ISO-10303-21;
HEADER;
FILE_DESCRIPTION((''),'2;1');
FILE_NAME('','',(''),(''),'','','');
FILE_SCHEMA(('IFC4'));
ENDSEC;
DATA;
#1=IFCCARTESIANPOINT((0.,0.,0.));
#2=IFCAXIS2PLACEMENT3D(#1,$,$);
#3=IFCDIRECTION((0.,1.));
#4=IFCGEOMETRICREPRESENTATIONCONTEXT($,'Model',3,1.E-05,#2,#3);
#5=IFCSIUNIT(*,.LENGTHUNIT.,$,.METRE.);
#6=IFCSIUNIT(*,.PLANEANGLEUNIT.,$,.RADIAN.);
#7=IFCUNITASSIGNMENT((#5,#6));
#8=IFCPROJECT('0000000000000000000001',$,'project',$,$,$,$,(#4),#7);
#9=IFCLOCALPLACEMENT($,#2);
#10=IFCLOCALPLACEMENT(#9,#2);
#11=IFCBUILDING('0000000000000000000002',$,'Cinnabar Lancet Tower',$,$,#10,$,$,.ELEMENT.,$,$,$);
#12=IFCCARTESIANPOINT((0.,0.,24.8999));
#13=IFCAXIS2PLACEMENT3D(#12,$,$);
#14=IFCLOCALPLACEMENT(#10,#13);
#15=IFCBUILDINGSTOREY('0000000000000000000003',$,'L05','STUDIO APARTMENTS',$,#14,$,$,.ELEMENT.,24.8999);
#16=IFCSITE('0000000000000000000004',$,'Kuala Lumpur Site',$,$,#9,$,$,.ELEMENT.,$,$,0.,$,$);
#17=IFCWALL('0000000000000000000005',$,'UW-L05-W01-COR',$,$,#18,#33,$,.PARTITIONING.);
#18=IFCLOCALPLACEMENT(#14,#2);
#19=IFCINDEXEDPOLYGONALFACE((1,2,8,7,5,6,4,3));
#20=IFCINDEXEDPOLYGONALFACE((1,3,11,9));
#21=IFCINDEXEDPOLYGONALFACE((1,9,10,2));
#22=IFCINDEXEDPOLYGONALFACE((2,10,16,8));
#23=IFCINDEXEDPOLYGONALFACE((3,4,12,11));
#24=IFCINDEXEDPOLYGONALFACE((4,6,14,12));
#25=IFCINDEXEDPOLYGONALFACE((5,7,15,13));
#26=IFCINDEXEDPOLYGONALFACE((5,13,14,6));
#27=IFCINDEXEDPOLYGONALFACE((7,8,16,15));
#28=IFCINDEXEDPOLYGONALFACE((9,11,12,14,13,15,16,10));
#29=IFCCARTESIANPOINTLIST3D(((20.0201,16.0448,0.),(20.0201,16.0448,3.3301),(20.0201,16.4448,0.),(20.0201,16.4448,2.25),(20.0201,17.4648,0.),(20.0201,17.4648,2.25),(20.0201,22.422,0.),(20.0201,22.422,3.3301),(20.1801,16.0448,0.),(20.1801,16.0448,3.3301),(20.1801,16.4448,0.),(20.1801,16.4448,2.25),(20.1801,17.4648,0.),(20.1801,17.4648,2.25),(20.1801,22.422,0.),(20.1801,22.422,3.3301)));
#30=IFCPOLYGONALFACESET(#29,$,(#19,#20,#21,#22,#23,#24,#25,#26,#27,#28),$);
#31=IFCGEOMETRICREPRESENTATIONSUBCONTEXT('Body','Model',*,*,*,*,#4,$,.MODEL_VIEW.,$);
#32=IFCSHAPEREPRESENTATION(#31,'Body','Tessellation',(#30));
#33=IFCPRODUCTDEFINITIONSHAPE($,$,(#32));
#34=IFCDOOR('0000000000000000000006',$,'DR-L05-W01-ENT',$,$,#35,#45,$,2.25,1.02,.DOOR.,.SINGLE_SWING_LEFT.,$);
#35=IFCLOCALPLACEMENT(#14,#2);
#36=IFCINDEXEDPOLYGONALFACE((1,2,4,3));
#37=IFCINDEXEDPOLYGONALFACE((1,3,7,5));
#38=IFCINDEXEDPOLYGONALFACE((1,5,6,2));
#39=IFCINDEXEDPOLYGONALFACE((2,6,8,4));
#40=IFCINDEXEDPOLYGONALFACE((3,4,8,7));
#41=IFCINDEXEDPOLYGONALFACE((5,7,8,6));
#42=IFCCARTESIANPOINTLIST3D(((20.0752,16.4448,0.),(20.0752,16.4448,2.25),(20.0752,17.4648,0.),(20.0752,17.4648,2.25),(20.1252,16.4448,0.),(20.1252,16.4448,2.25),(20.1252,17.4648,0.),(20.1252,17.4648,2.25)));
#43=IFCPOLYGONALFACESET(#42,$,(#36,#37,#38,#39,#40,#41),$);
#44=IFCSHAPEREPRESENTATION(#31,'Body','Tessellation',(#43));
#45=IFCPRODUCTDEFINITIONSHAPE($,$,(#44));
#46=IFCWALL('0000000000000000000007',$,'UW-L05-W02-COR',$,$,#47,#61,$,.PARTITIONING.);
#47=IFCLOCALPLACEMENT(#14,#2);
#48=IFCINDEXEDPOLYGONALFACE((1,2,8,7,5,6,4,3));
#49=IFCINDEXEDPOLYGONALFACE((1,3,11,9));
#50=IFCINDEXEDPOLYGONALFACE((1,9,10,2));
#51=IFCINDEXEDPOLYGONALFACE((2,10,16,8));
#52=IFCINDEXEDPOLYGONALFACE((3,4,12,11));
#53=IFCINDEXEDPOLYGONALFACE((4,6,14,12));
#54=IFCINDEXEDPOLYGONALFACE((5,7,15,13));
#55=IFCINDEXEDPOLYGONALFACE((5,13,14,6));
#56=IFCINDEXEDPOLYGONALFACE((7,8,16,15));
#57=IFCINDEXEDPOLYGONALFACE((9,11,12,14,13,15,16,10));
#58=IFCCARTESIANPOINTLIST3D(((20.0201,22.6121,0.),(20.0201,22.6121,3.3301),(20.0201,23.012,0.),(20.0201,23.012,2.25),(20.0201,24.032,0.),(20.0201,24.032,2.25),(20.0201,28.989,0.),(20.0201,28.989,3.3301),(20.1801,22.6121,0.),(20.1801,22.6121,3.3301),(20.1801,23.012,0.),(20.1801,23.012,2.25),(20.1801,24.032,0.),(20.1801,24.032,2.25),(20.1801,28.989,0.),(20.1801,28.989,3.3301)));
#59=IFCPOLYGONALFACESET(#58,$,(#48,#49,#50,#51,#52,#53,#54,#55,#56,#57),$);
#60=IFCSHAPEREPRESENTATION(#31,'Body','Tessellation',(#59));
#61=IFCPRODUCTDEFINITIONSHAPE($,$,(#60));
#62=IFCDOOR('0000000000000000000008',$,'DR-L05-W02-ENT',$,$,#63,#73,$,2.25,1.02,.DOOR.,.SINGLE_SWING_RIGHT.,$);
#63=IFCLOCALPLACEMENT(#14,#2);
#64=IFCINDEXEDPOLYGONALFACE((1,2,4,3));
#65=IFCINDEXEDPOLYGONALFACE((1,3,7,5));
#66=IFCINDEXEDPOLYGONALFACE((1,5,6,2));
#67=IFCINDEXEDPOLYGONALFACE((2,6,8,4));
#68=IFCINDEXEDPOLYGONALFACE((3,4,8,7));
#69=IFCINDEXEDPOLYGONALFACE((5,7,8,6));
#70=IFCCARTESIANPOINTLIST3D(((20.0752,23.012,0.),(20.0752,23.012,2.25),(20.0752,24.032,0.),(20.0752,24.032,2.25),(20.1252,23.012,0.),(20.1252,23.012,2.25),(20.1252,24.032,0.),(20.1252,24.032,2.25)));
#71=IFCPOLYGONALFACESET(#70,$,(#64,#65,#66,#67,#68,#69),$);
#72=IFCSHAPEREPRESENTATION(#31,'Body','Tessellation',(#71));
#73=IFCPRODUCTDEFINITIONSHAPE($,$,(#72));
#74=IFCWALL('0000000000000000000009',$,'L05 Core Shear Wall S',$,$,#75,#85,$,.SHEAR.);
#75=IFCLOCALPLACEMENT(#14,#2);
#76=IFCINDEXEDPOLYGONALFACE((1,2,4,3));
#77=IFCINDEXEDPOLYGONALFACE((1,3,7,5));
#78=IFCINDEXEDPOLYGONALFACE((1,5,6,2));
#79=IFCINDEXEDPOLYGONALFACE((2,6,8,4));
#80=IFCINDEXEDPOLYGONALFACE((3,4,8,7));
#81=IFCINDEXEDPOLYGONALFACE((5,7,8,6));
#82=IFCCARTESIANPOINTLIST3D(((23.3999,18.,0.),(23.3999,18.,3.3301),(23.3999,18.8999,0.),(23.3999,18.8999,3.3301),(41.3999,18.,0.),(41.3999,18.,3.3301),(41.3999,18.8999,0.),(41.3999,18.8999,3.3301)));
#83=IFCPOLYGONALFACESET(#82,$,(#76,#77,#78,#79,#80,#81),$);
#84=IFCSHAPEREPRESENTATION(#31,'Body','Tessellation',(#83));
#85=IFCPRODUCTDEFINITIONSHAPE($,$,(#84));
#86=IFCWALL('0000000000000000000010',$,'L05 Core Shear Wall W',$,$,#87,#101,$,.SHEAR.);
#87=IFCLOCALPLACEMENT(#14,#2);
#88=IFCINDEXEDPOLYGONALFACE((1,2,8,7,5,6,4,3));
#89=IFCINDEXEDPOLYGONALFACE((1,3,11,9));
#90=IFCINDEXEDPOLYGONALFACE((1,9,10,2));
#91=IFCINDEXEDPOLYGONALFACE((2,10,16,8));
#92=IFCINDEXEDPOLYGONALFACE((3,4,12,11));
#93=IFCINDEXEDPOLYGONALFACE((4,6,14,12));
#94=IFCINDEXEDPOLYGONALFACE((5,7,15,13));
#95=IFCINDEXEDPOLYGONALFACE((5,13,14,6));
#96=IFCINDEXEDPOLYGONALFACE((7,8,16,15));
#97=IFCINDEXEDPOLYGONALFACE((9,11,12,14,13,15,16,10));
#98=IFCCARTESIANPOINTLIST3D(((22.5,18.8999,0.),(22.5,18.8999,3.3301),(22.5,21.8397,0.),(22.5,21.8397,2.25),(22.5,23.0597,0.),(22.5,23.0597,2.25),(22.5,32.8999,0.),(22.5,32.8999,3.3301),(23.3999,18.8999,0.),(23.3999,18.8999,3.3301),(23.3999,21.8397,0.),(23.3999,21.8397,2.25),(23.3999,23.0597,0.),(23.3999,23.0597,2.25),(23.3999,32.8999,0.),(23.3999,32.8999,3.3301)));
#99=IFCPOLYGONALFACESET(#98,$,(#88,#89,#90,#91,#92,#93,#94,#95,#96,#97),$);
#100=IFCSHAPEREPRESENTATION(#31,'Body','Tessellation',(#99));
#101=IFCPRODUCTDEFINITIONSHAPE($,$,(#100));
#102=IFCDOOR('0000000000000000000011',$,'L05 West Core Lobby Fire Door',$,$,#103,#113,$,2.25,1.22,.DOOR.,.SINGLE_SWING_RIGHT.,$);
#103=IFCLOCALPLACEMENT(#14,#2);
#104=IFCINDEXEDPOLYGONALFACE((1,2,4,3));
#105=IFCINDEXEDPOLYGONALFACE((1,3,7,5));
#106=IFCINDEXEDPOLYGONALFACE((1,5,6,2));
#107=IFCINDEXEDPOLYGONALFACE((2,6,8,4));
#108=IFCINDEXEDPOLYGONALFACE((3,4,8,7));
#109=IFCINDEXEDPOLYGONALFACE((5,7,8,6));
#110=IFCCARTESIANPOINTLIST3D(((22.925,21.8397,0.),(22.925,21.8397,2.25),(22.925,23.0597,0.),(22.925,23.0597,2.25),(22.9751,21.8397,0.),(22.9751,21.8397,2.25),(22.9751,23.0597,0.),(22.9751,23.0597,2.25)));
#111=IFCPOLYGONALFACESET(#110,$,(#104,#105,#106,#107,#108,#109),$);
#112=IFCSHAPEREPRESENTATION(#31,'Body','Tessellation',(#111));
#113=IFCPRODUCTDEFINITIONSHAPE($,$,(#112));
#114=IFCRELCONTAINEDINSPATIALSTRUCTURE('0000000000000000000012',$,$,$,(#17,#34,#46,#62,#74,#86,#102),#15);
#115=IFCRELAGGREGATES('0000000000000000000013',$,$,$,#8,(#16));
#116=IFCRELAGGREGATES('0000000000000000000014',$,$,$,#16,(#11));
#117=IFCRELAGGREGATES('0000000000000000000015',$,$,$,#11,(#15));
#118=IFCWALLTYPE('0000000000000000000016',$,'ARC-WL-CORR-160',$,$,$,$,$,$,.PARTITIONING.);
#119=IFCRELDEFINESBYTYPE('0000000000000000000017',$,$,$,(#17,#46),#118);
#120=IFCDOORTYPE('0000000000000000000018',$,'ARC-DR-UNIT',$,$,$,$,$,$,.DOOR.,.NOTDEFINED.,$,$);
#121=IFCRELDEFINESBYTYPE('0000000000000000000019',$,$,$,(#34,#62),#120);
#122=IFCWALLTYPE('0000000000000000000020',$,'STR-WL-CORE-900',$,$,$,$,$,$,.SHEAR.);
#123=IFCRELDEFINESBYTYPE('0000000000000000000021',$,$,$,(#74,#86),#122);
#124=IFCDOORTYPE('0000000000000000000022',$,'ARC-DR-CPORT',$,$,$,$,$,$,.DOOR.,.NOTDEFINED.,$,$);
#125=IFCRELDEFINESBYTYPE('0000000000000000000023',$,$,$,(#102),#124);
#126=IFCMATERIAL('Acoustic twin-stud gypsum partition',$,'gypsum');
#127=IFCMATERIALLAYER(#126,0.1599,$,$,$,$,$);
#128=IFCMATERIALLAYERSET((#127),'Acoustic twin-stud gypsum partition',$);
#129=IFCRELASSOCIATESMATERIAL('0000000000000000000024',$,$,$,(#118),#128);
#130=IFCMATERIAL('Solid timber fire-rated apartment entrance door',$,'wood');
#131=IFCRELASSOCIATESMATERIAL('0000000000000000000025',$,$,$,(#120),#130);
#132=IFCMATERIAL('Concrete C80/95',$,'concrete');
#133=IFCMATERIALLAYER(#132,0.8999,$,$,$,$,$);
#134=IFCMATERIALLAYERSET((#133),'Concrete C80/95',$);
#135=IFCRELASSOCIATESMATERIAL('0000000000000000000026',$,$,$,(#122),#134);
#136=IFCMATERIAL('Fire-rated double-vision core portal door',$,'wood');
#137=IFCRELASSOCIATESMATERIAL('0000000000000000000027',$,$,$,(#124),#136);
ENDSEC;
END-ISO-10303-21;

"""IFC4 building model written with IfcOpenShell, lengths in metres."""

from ifc_helpers import new_model, si_unit, direction, frame, frame_2d, origin, place, context, subcontext, project, spatial, rectangle, extrude, material, layer, layer_set, type_object, element, fill, save


model = new_model("IFC4")

# Units and contexts
model_context = context("Model", 3, precision=1e-05, world=origin(), true_north=direction((0.0, 1.0)))
body_context = subcontext(model_context, "Body", "Model", "MODEL_VIEW")
ifc_project = project(units=[si_unit("LENGTHUNIT", "METRE"), si_unit("PLANEANGLEUNIT", "RADIAN")], contexts=[model_context])

# Site, building, storey
site_placement = place(None, origin())
site = spatial("IfcSite", under=ifc_project, at=site_placement, Name="Kuala Lumpur Site", CompositionType="ELEMENT", RefElevation=0.0)
building_placement = place(site_placement, origin())
building = spatial("IfcBuilding", under=site, at=building_placement, Name="Cinnabar Lancet Tower", CompositionType="ELEMENT")
storey_placement = place(building_placement, frame((0.0, 0.0, 24.8999)))
storey = spatial("IfcBuildingStorey", under=building, at=storey_placement, Name="L05", Description="STUDIO APARTMENTS", CompositionType="ELEMENT", Elevation=24.8999)

# Walls, openings, doors
ifc_material_1 = material(Name="Acoustic twin-stud gypsum partition", Category="gypsum")
ifc_layer_1 = layer(ifc_material_1, 0.1599)
ifc_layer_set_1 = layer_set([ifc_layer_1], Name="Acoustic twin-stud gypsum partition")
wall_type_1 = type_object("IfcWallType", Name="ARC-WL-CORR-160", PredefinedType="PARTITIONING", material=ifc_layer_set_1)
ifc_material_2 = material(Name="Solid timber fire-rated apartment entrance door", Category="wood")
door_type_1 = type_object("IfcDoorType", Name="ARC-DR-UNIT", OperationType="NOTDEFINED", PredefinedType="DOOR", material=ifc_material_2)
wall_1_placement = place(storey_placement, frame((20.1001, 16.0449, 0.0), z_axis=(0.0, 0.0, 1.0), x_axis=(0.0, 1.0, 0.0)))
wall_1 = element("IfcWall", 1, at=wall_1_placement, inside=storey, type_object=wall_type_1, Name="UW-L05-W01-COR", PredefinedType="PARTITIONING", context=body_context, shape_type="SweptSolid", body=[
    extrude(rectangle(XDim=6.3772, YDim=0.1599, at=frame_2d((3.1885, 0.0))), origin(), (0.0, 0.0, 1.0), 3.3301),
])
opening_1_placement = place(wall_1_placement, frame((0.3999, 0.0, 0.0)))
opening_1 = element("IfcOpeningElement", 2, at=opening_1_placement, cuts=wall_1, PredefinedType="OPENING", context=body_context, shape_type="SweptSolid", body=[
    extrude(rectangle(XDim=1.02, YDim=2.25, at=frame_2d((0.51, 1.125))), frame((0.0, 0.0898, 0.0), z_axis=(0.0, -1.0, 0.0), x_axis=(1.0, 0.0, 0.0)), (0.0, 0.0, 1.0), 0.1799),
])
door_1_placement = place(opening_1_placement, origin())
door_1 = element("IfcDoor", 3, at=door_1_placement, inside=storey, type_object=door_type_1, Name="DR-L05-W01-ENT", OperationType="SINGLE_SWING_LEFT", OverallHeight=2.25, OverallWidth=1.02, PredefinedType="DOOR", context=body_context, shape_type="SweptSolid", body=[
    extrude(rectangle(XDim=1.02, YDim=2.25, at=frame_2d((0.51, 1.125))), frame((0.0, 0.0249, 0.0), z_axis=(0.0, -1.0, 0.0), x_axis=(1.0, 0.0, 0.0)), (0.0, 0.0, 1.0), 0.05),
])
fill(opening_1, door_1)
wall_2_placement = place(storey_placement, frame((20.1001, 22.6121, 0.0), z_axis=(0.0, 0.0, 1.0), x_axis=(0.0, 1.0, 0.0)))
wall_2 = element("IfcWall", 4, at=wall_2_placement, inside=storey, type_object=wall_type_1, Name="UW-L05-W02-COR", PredefinedType="PARTITIONING", context=body_context, shape_type="SweptSolid", body=[
    extrude(rectangle(XDim=6.377, YDim=0.1599, at=frame_2d((3.1885, 0.0))), origin(), (0.0, 0.0, 1.0), 3.3301),
])
opening_2_placement = place(wall_2_placement, frame((0.3999, 0.0, 0.0)))
opening_2 = element("IfcOpeningElement", 5, at=opening_2_placement, cuts=wall_2, PredefinedType="OPENING", context=body_context, shape_type="SweptSolid", body=[
    extrude(rectangle(XDim=1.02, YDim=2.25, at=frame_2d((0.51, 1.125))), frame((0.0, 0.0898, 0.0), z_axis=(0.0, -1.0, 0.0), x_axis=(1.0, 0.0, 0.0)), (0.0, 0.0, 1.0), 0.1799),
])
door_2_placement = place(opening_2_placement, origin())
door_2 = element("IfcDoor", 6, at=door_2_placement, inside=storey, type_object=door_type_1, Name="DR-L05-W02-ENT", OperationType="SINGLE_SWING_RIGHT", OverallHeight=2.25, OverallWidth=1.02, PredefinedType="DOOR", context=body_context, shape_type="SweptSolid", body=[
    extrude(rectangle(XDim=1.02, YDim=2.25, at=frame_2d((0.51, 1.125))), frame((0.0, 0.0249, 0.0), z_axis=(0.0, -1.0, 0.0), x_axis=(1.0, 0.0, 0.0)), (0.0, 0.0, 1.0), 0.05),
])
fill(opening_2, door_2)

# Wall
ifc_material_3 = material(Name="Concrete C80/95", Category="concrete")
ifc_layer_2 = layer(ifc_material_3, 0.8999)
ifc_layer_set_2 = layer_set([ifc_layer_2], Name="Concrete C80/95")
wall_type_2 = type_object("IfcWallType", Name="STR-WL-CORE-900", PredefinedType="SHEAR", material=ifc_layer_set_2)
wall_3_placement = place(storey_placement, frame((23.3999, 18.45, 0.0), z_axis=(0.0, 0.0, 1.0), x_axis=(1.0, 0.0, 0.0)))
element("IfcWall", 7, at=wall_3_placement, inside=storey, type_object=wall_type_2, Name="L05 Core Shear Wall S", PredefinedType="SHEAR", context=body_context, shape_type="SweptSolid", body=[
    extrude(rectangle(XDim=18.0, YDim=0.8999, at=frame_2d((9.0, 0.0))), origin(), (0.0, 0.0, 1.0), 3.3301),
])

# Wall, opening, door
wall_4_placement = place(storey_placement, frame((22.95, 18.8999, 0.0), z_axis=(0.0, 0.0, 1.0), x_axis=(0.0, 1.0, 0.0)))
wall_4 = element("IfcWall", 8, at=wall_4_placement, inside=storey, type_object=wall_type_2, Name="L05 Core Shear Wall W", PredefinedType="SHEAR", context=body_context, shape_type="SweptSolid", body=[
    extrude(rectangle(XDim=14.0, YDim=0.8999, at=frame_2d((7.0, 0.0))), origin(), (0.0, 0.0, 1.0), 3.3301),
])
opening_3_placement = place(wall_4_placement, frame((2.9399, 0.0, 0.0)))
opening_3 = element("IfcOpeningElement", 9, at=opening_3_placement, cuts=wall_4, PredefinedType="OPENING", context=body_context, shape_type="SweptSolid", body=[
    extrude(rectangle(XDim=1.22, YDim=2.25, at=frame_2d((0.6099, 1.125))), frame((0.0, 0.46, 0.0), z_axis=(0.0, -1.0, 0.0), x_axis=(1.0, 0.0, 0.0)), (0.0, 0.0, 1.0), 0.9199),
])
ifc_material_4 = material(Name="Fire-rated double-vision core portal door", Category="wood")
door_type_2 = type_object("IfcDoorType", Name="ARC-DR-CPORT", OperationType="NOTDEFINED", PredefinedType="DOOR", material=ifc_material_4)
door_3_placement = place(opening_3_placement, origin())
door_3 = element("IfcDoor", 10, at=door_3_placement, inside=storey, type_object=door_type_2, Name="L05 West Core Lobby Fire Door", OperationType="SINGLE_SWING_RIGHT", OverallHeight=2.25, OverallWidth=1.22, PredefinedType="DOOR", context=body_context, shape_type="SweptSolid", body=[
    extrude(rectangle(XDim=1.22, YDim=2.25, at=frame_2d((0.6099, 1.125))), frame((0.0, 0.0249, 0.0), z_axis=(0.0, -1.0, 0.0), x_axis=(1.0, 0.0, 0.0)), (0.0, 0.0, 1.0), 0.05),
])
fill(opening_3, door_3)

save(model, "model.ifc")
